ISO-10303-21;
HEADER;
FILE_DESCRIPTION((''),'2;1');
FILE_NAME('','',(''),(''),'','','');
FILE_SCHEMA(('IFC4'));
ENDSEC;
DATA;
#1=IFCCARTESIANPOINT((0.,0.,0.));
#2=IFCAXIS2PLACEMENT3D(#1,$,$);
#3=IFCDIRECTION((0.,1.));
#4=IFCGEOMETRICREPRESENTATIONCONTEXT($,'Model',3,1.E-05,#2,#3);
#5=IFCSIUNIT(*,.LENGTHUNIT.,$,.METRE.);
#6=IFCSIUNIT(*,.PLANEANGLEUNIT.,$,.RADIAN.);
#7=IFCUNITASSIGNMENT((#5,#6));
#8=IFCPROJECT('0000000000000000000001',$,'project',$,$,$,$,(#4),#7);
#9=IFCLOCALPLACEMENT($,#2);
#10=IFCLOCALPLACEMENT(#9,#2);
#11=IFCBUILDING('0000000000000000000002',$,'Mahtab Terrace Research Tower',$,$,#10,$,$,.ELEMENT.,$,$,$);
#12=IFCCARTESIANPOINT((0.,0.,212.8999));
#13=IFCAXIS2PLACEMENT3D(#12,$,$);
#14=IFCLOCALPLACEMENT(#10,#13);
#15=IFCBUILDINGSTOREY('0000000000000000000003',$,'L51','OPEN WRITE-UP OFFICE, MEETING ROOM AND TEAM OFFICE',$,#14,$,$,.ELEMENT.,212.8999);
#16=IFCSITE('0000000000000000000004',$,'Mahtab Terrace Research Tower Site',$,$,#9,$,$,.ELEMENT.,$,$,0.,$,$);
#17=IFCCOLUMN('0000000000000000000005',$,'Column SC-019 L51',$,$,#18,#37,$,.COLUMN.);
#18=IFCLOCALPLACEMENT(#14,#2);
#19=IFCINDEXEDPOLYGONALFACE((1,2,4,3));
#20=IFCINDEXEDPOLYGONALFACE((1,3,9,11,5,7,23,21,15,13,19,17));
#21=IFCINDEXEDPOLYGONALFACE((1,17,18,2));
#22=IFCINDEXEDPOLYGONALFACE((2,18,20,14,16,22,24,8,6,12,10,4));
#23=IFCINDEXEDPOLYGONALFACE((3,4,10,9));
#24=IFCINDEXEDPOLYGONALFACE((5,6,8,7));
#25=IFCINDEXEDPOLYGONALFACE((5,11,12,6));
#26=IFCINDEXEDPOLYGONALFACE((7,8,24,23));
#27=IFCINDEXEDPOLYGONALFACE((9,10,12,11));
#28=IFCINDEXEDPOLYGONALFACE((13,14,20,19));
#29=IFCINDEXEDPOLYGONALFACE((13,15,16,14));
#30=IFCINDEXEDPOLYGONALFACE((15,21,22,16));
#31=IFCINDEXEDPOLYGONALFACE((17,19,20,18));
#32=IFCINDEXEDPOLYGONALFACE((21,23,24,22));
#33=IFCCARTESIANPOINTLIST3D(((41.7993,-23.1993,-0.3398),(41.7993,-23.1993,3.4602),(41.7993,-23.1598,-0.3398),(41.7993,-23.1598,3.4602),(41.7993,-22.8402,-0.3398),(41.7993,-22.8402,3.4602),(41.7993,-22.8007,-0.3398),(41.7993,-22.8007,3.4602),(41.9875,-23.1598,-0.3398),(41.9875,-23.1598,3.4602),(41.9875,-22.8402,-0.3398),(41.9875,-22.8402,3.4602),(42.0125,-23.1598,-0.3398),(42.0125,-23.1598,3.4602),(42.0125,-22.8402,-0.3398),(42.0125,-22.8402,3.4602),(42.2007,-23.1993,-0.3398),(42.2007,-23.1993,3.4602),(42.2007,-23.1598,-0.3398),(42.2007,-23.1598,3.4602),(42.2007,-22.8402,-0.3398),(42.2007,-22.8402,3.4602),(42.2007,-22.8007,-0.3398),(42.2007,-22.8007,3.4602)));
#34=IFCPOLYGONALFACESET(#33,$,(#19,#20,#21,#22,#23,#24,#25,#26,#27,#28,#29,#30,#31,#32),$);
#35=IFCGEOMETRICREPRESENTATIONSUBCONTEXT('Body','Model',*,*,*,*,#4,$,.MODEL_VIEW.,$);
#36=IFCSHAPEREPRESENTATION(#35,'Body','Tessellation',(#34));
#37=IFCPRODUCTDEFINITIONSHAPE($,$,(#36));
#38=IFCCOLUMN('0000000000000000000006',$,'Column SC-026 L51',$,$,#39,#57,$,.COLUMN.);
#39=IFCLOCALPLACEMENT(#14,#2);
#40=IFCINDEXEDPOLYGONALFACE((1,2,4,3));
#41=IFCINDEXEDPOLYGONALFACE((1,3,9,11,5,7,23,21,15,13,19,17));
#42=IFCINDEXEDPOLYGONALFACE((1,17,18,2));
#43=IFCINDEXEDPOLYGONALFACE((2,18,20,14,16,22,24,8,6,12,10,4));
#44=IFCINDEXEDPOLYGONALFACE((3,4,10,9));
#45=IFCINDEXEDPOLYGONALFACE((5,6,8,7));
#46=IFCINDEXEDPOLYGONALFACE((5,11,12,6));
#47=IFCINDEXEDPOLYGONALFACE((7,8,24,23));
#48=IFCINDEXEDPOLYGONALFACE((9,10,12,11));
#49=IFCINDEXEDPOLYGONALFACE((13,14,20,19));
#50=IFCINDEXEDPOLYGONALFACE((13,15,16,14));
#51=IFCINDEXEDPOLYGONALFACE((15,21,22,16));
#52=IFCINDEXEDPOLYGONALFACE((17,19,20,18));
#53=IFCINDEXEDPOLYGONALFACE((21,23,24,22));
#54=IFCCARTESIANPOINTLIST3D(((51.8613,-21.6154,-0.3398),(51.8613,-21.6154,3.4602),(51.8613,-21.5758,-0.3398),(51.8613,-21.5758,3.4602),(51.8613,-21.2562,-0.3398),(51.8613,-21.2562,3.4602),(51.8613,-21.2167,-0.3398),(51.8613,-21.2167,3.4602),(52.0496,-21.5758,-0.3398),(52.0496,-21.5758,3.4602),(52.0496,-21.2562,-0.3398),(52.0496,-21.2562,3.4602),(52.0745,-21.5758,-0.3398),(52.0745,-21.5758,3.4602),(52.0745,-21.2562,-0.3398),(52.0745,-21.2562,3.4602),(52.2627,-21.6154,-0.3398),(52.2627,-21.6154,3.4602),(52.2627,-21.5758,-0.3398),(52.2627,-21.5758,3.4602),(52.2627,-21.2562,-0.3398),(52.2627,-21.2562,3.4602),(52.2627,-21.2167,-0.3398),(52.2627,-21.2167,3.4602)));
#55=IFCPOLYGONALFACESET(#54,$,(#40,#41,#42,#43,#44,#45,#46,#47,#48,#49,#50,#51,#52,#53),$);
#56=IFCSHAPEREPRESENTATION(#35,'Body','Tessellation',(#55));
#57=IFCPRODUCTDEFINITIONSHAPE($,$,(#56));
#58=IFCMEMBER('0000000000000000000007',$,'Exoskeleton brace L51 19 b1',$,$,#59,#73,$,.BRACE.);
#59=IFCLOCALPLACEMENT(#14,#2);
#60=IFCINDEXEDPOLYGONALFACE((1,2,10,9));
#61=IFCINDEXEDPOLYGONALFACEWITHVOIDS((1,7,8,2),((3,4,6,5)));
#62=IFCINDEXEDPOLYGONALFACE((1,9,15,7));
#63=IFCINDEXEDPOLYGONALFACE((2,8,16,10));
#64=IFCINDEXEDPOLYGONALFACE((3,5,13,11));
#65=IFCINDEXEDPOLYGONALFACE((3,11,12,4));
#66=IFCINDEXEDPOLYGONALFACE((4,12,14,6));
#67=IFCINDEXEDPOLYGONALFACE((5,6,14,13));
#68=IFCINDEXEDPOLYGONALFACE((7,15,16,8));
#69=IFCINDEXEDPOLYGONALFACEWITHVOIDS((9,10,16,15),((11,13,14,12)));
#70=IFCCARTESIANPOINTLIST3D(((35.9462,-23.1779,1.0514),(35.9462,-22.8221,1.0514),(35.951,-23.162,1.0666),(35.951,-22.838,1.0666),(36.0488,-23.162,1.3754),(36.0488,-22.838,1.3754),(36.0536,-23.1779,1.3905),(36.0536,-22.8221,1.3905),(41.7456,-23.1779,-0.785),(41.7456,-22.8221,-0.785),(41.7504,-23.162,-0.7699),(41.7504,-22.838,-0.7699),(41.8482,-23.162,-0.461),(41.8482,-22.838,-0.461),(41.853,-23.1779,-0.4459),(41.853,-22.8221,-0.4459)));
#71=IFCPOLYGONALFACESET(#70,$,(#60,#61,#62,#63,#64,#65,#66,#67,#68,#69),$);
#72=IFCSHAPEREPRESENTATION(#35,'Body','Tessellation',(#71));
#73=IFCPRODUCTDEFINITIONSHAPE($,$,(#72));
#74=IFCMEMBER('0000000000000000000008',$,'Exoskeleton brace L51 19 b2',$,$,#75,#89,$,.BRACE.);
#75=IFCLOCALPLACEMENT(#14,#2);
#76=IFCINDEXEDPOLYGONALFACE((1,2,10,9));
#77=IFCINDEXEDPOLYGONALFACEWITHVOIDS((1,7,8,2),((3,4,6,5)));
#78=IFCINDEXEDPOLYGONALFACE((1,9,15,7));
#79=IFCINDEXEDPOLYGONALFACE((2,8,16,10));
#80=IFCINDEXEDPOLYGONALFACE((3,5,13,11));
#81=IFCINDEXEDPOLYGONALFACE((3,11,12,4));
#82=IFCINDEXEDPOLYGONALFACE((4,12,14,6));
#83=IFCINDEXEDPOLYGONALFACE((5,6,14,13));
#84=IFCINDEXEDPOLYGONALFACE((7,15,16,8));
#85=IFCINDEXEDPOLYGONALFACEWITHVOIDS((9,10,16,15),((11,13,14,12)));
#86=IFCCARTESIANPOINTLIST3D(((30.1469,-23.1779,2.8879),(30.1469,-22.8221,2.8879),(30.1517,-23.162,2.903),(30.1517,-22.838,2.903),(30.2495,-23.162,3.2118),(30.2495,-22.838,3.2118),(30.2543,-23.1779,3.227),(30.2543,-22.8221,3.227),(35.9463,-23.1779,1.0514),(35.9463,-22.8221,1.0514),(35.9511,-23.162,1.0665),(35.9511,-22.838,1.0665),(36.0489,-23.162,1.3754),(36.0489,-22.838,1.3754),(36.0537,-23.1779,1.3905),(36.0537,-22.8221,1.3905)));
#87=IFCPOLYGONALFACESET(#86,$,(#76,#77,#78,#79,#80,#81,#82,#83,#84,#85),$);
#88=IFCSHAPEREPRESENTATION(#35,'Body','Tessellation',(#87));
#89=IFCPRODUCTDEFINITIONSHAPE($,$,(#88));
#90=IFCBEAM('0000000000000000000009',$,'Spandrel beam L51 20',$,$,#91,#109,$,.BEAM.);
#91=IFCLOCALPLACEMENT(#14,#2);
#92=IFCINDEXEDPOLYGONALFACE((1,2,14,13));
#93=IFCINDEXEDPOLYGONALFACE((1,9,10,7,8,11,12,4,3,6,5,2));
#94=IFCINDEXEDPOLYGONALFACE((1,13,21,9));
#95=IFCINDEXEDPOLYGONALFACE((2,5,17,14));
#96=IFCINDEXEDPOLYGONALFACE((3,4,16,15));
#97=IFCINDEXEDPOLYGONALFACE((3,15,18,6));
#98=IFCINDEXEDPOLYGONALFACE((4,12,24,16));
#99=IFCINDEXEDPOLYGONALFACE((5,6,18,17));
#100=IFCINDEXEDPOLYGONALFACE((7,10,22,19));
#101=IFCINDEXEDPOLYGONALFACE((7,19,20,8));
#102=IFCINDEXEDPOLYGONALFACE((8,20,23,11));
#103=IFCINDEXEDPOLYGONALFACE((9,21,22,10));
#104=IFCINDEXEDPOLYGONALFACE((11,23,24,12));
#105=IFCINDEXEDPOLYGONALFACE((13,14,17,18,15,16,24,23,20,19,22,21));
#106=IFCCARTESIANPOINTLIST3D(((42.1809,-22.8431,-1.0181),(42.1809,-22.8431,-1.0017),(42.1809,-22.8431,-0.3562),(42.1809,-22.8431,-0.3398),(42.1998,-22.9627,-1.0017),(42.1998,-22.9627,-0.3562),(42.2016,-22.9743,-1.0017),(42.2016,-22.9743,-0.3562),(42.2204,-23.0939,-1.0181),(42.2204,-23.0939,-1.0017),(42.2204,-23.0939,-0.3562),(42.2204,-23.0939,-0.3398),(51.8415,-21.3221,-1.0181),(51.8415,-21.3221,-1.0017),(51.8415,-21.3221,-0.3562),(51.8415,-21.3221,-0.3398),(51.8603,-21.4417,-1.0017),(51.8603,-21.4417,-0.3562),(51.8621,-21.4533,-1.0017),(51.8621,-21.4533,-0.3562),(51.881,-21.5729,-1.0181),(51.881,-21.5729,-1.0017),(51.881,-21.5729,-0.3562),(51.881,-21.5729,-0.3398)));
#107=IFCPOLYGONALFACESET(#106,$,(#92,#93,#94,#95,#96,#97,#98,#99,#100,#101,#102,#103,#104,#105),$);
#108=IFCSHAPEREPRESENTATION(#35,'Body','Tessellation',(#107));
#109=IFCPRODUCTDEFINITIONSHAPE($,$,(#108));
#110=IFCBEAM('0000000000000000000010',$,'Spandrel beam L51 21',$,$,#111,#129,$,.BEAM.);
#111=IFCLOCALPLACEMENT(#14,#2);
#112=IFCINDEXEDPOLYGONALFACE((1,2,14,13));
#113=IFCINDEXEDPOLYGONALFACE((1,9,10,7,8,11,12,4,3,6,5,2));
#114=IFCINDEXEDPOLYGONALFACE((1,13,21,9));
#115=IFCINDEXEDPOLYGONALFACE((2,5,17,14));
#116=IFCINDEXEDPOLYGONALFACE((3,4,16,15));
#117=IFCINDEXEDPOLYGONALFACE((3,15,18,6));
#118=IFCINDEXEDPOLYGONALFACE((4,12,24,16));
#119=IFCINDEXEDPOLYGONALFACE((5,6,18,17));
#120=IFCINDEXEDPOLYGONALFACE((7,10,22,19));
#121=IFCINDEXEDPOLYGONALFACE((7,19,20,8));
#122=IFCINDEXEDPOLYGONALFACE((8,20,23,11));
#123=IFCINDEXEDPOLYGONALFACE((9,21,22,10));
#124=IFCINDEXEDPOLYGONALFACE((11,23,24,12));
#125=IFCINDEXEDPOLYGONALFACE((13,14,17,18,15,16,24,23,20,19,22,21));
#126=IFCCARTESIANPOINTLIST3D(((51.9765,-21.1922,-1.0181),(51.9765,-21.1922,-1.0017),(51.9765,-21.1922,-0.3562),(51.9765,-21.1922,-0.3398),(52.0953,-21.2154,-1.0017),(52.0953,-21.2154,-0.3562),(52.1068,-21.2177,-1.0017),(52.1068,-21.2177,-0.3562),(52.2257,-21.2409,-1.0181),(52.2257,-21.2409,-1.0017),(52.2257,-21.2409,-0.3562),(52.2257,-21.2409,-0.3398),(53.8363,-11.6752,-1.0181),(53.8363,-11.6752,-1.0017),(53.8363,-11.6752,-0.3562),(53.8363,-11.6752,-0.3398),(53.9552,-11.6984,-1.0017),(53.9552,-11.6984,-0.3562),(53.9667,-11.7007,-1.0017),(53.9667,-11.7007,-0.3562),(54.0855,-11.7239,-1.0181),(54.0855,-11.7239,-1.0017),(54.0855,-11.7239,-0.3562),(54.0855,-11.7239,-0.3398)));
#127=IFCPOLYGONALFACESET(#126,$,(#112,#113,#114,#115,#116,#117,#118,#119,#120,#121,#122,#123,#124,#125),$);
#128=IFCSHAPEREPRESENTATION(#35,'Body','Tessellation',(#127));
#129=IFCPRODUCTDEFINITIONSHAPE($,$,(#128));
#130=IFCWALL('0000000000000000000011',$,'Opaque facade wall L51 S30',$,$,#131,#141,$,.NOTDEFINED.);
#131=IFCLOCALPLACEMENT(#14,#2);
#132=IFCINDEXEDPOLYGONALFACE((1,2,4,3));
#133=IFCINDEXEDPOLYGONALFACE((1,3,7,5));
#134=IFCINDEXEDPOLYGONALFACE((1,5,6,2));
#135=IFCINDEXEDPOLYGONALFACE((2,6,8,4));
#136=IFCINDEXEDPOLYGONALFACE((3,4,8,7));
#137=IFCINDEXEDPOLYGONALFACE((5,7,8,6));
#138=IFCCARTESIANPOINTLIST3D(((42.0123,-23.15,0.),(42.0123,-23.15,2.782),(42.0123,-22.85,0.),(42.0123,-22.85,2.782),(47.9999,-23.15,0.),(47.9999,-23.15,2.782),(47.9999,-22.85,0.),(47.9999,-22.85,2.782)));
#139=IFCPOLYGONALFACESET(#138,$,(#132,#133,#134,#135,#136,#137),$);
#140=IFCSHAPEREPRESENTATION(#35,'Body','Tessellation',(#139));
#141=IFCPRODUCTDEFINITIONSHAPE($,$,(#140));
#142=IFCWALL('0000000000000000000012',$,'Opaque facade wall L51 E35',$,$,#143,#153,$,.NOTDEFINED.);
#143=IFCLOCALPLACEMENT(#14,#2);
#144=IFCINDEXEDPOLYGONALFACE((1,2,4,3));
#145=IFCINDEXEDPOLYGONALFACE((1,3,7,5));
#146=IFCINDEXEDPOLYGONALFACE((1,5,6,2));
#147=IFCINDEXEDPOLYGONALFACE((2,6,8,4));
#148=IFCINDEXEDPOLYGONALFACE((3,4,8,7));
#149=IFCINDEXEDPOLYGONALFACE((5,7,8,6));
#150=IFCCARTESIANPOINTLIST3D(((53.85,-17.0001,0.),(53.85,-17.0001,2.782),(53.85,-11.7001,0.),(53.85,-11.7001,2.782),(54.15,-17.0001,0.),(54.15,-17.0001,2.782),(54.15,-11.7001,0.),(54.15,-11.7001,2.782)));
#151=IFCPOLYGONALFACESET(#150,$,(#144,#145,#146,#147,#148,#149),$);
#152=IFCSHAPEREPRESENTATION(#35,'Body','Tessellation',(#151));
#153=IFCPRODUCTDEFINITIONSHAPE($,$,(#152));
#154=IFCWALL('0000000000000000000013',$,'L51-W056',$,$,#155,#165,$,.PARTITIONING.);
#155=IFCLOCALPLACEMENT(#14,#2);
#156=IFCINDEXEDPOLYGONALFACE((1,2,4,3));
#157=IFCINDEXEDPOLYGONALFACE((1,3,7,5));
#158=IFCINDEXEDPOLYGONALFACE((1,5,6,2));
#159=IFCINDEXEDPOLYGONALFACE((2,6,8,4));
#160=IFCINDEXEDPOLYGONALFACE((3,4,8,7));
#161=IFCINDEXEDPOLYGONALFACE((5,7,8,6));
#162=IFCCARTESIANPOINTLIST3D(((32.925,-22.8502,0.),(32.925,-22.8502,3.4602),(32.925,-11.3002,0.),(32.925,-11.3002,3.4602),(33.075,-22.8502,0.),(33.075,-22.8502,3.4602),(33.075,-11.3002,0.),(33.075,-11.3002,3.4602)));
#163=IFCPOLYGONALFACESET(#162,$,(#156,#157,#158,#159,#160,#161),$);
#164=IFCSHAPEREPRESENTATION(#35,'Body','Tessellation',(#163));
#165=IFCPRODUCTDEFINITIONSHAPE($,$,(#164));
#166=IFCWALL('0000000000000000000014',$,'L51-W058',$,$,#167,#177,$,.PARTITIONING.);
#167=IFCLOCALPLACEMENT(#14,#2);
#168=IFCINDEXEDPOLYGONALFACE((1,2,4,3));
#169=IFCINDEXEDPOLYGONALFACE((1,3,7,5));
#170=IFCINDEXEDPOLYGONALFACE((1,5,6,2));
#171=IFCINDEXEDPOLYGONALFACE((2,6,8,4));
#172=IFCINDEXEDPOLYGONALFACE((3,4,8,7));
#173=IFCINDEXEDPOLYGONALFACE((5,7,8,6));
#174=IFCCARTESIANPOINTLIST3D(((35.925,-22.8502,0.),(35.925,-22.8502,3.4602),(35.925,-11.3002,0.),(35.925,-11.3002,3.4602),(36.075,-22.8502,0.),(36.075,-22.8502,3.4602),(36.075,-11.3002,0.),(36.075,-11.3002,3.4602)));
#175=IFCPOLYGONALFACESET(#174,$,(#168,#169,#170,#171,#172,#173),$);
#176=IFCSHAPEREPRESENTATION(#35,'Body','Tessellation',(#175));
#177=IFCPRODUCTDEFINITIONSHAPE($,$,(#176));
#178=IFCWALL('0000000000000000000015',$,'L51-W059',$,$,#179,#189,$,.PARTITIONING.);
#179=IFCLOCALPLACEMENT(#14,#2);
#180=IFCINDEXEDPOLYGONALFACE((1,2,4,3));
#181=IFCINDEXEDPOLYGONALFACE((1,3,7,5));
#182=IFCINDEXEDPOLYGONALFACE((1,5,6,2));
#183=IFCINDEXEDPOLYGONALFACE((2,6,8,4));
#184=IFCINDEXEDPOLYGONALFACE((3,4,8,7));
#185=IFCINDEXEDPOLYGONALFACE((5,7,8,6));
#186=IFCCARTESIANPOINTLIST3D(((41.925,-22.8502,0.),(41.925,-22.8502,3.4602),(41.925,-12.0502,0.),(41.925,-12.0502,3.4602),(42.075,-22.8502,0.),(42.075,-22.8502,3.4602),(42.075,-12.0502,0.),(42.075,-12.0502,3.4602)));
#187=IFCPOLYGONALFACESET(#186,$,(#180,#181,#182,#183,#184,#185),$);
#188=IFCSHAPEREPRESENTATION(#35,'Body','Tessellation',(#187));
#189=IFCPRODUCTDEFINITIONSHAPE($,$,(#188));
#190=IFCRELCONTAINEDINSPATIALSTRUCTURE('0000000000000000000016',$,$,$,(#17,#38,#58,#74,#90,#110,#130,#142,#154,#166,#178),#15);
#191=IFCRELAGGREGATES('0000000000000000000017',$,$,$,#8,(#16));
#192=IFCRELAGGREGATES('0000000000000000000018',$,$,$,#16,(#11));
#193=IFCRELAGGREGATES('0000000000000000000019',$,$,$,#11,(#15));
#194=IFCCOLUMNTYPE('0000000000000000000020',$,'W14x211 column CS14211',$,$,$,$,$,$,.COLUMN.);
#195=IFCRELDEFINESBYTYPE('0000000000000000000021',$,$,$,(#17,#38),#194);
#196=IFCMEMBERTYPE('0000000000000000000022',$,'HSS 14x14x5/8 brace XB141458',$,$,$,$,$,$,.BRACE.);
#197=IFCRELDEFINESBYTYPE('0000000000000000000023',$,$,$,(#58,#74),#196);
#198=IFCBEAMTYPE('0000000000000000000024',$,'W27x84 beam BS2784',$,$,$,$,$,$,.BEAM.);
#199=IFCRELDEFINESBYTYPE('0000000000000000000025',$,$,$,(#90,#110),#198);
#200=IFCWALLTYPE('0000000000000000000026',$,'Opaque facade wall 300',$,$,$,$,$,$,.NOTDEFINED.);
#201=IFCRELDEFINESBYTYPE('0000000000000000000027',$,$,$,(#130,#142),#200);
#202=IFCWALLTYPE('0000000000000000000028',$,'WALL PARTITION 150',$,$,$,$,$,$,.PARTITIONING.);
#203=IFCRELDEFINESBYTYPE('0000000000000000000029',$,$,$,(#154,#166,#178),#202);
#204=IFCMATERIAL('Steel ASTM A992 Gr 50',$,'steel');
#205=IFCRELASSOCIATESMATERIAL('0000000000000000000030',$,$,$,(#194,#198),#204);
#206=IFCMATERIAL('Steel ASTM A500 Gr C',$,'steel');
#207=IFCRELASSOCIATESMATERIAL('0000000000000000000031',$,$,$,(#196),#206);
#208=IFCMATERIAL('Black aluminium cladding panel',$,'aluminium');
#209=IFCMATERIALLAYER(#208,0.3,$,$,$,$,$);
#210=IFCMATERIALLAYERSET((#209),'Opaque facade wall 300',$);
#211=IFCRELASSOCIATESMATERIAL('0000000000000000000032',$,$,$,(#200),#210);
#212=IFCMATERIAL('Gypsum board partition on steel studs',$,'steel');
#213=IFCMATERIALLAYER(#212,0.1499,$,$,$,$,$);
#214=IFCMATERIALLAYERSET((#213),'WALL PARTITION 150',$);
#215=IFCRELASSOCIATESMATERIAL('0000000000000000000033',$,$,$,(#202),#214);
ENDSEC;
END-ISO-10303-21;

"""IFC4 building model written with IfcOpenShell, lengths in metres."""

from ifc_helpers import new_model, si_unit, direction, frame, frame_2d, origin, origin_2d, place, context, subcontext, project, spatial, rectangle, hollow_rectangle, i_section, extrude, material, layer, layer_set, material_profile, profile_set, type_object, element, save


model = new_model("IFC4")

# Units and contexts
model_context = context("Model", 3, precision=1e-05, world=origin(), true_north=direction((0.0, 1.0)))
body_context = subcontext(model_context, "Body", "Model", "MODEL_VIEW")
ifc_project = project(units=[si_unit("LENGTHUNIT", "METRE"), si_unit("PLANEANGLEUNIT", "RADIAN")], contexts=[model_context])

# Site, building, storey
site_placement = place(None, origin())
site = spatial("IfcSite", under=ifc_project, at=site_placement, Name="Mahtab Terrace Research Tower Site", CompositionType="ELEMENT", RefElevation=0.0)
building_placement = place(site_placement, origin())
building = spatial("IfcBuilding", under=site, at=building_placement, Name="Mahtab Terrace Research Tower", CompositionType="ELEMENT")
storey_placement = place(building_placement, frame((0.0, 0.0, 212.8999)))
storey = spatial("IfcBuildingStorey", under=building, at=storey_placement, Name="L51", Description="OPEN WRITE-UP OFFICE, MEETING ROOM AND TEAM OFFICE", CompositionType="ELEMENT", Elevation=212.8999)

# Columns
ifc_material_1 = material(Name="Steel ASTM A992 Gr 50", Category="steel")
ifc_material_profile_1 = material_profile(ifc_material_1, i_section(OverallWidth=0.4014, OverallDepth=0.3987, WebThickness=0.0249, FlangeThickness=0.0396, at=origin_2d()), Name="W14X211")
ifc_profile_set_1 = profile_set([ifc_material_profile_1], Name="Steel ASTM A992 Gr 50")
column_type = type_object("IfcColumnType", Name="W14x211 column CS14211", PredefinedType="COLUMN", material=ifc_profile_set_1)
for number, where, z_axis, x_axis, name in (
    (1, (42.0, -23.0, -0.3398), (0.0, 0.0, 1.0), (1.0, 0.0, 0.0), "Column SC-019 L51"),
    (2, (52.062, -21.416, -0.3398), (0.0, 0.0, 1.0), (1.0, 0.0, 0.0), "Column SC-026 L51"),
):
    element("IfcColumn", number, at=place(storey_placement, frame(where, z_axis=z_axis, x_axis=x_axis)), inside=storey, type_object=column_type, Name=name, PredefinedType="COLUMN", context=body_context, shape_type="SweptSolid", body=[
        extrude(i_section(OverallWidth=0.4014, OverallDepth=0.3987, WebThickness=0.0249, FlangeThickness=0.0396, at=origin_2d()), origin(), (0.0, 0.0, 1.0), 3.8),
    ])

# Members
ifc_material_2 = material(Name="Steel ASTM A500 Gr C", Category="steel")
ifc_material_profile_2 = material_profile(ifc_material_2, hollow_rectangle(XDim=0.3557, YDim=0.3557, WallThickness=0.0159, at=origin_2d()), Name="HSS14X14X5/8")
ifc_profile_set_2 = profile_set([ifc_material_profile_2], Name="Steel ASTM A500 Gr C")
member_type = type_object("IfcMemberType", Name="HSS 14x14x5/8 brace XB141458", PredefinedType="BRACE", material=ifc_profile_set_2)
for number, where, z_axis, x_axis, name in (
    (3, (41.7993, -23.0, -0.6155), (-0.953343, 0.0, 0.301888), (0.0, -1.0, 0.0), "Exoskeleton brace L51 19 b1"),
    (4, (36.0, -23.0, 1.2209), (-0.953343, 0.0, 0.301888), (0.0, -1.0, 0.0), "Exoskeleton brace L51 19 b2"),
):
    element("IfcMember", number, at=place(storey_placement, frame(where, z_axis=z_axis, x_axis=x_axis)), inside=storey, type_object=member_type, Name=name, PredefinedType="BRACE", context=body_context, shape_type="SweptSolid", body=[
        extrude(hollow_rectangle(XDim=0.3557, YDim=0.3557, WallThickness=0.0159, at=origin_2d()), origin(), (0.0, 0.0, 1.0), 6.0833),
    ])

# Beams
ifc_material_profile_3 = material_profile(ifc_material_1, i_section(OverallWidth=0.2539, OverallDepth=0.6782, WebThickness=0.0117, FlangeThickness=0.0164, at=origin_2d()), Name="W27X84")
ifc_profile_set_3 = profile_set([ifc_material_profile_3], Name="Steel ASTM A992 Gr 50")
beam_type = type_object("IfcBeamType", Name="W27x84 beam BS2784", PredefinedType="BEAM", material=ifc_profile_set_3)
beam_1_placement = place(storey_placement, frame((42.2007, -22.9685, -0.679), z_axis=(0.987832, 0.155527, 0.0), x_axis=(-0.155527, 0.987832, 0.0)))
element("IfcBeam", 5, at=beam_1_placement, inside=storey, type_object=beam_type, Name="Spandrel beam L51 20", PredefinedType="BEAM", context=body_context, shape_type="SweptSolid", body=[
    extrude(i_section(OverallWidth=0.2539, OverallDepth=0.6782, WebThickness=0.0117, FlangeThickness=0.0164, at=origin_2d()), origin(), (0.0, 0.0, 1.0), 9.7795),
])
beam_2_placement = place(storey_placement, frame((52.1011, -21.2166, -0.679), z_axis=(0.191795, 0.981435, 0.0), x_axis=(-0.981435, 0.191795, 0.0)))
element("IfcBeam", 6, at=beam_2_placement, inside=storey, type_object=beam_type, Name="Spandrel beam L51 21", PredefinedType="BEAM", context=body_context, shape_type="SweptSolid", body=[
    extrude(i_section(OverallWidth=0.2539, OverallDepth=0.6782, WebThickness=0.0117, FlangeThickness=0.0164, at=origin_2d()), origin(), (0.0, 0.0, 1.0), 9.697),
])

# Walls
ifc_material_3 = material(Name="Black aluminium cladding panel", Category="aluminium")
ifc_layer_1 = layer(ifc_material_3, 0.3)
ifc_layer_set_1 = layer_set([ifc_layer_1], Name="Opaque facade wall 300")
wall_type_1 = type_object("IfcWallType", Name="Opaque facade wall 300", PredefinedType="NOTDEFINED", material=ifc_layer_set_1)
wall_1_placement = place(storey_placement, frame((42.0125, -23.0, 0.0), z_axis=(0.0, 0.0, 1.0), x_axis=(1.0, 0.0, 0.0)))
element("IfcWall", 7, at=wall_1_placement, inside=storey, type_object=wall_type_1, Name="Opaque facade wall L51 S30", PredefinedType="NOTDEFINED", context=body_context, shape_type="SweptSolid", body=[
    extrude(rectangle(XDim=5.9875, YDim=0.3, at=frame_2d((2.9937, 0.0))), origin(), (0.0, 0.0, 1.0), 2.782),
])
wall_2_placement = place(storey_placement, frame((54.0, -17.0, 0.0), z_axis=(0.0, 0.0, 1.0), x_axis=(0.0, 1.0, 0.0)))
element("IfcWall", 8, at=wall_2_placement, inside=storey, type_object=wall_type_1, Name="Opaque facade wall L51 E35", PredefinedType="NOTDEFINED", context=body_context, shape_type="SweptSolid", body=[
    extrude(rectangle(XDim=5.3, YDim=0.3, at=frame_2d((2.6499, 0.0))), origin(), (0.0, 0.0, 1.0), 2.782),
])
ifc_material_4 = material(Name="Gypsum board partition on steel studs", Category="steel")
ifc_layer_2 = layer(ifc_material_4, 0.1499)
ifc_layer_set_2 = layer_set([ifc_layer_2], Name="WALL PARTITION 150")
wall_type_2 = type_object("IfcWallType", Name="WALL PARTITION 150", PredefinedType="PARTITIONING", material=ifc_layer_set_2)
for number, where, z_axis, x_axis, name in (
    (9, (33.0, -22.8501, 0.0), (0.0, 0.0, 1.0), (0.0, 1.0, 0.0), "L51-W056"),
    (10, (36.0, -22.8501, 0.0), (0.0, 0.0, 1.0), (0.0, 1.0, 0.0), "L51-W058"),
):
    element("IfcWall", number, at=place(storey_placement, frame(where, z_axis=z_axis, x_axis=x_axis)), inside=storey, type_object=wall_type_2, Name=name, PredefinedType="PARTITIONING", context=body_context, shape_type="SweptSolid", body=[
        extrude(rectangle(XDim=11.55, YDim=0.1499, at=frame_2d((5.7749, 0.0))), origin(), (0.0, 0.0, 1.0), 3.4602),
    ])
wall_3_placement = place(storey_placement, frame((42.0, -22.8501, 0.0), z_axis=(0.0, 0.0, 1.0), x_axis=(0.0, 1.0, 0.0)))
element("IfcWall", 11, at=wall_3_placement, inside=storey, type_object=wall_type_2, Name="L51-W059", PredefinedType="PARTITIONING", context=body_context, shape_type="SweptSolid", body=[
    extrude(rectangle(XDim=10.8, YDim=0.1499, at=frame_2d((5.3999, 0.0))), origin(), (0.0, 0.0, 1.0), 3.4602),
])

save(model, "model.ifc")
